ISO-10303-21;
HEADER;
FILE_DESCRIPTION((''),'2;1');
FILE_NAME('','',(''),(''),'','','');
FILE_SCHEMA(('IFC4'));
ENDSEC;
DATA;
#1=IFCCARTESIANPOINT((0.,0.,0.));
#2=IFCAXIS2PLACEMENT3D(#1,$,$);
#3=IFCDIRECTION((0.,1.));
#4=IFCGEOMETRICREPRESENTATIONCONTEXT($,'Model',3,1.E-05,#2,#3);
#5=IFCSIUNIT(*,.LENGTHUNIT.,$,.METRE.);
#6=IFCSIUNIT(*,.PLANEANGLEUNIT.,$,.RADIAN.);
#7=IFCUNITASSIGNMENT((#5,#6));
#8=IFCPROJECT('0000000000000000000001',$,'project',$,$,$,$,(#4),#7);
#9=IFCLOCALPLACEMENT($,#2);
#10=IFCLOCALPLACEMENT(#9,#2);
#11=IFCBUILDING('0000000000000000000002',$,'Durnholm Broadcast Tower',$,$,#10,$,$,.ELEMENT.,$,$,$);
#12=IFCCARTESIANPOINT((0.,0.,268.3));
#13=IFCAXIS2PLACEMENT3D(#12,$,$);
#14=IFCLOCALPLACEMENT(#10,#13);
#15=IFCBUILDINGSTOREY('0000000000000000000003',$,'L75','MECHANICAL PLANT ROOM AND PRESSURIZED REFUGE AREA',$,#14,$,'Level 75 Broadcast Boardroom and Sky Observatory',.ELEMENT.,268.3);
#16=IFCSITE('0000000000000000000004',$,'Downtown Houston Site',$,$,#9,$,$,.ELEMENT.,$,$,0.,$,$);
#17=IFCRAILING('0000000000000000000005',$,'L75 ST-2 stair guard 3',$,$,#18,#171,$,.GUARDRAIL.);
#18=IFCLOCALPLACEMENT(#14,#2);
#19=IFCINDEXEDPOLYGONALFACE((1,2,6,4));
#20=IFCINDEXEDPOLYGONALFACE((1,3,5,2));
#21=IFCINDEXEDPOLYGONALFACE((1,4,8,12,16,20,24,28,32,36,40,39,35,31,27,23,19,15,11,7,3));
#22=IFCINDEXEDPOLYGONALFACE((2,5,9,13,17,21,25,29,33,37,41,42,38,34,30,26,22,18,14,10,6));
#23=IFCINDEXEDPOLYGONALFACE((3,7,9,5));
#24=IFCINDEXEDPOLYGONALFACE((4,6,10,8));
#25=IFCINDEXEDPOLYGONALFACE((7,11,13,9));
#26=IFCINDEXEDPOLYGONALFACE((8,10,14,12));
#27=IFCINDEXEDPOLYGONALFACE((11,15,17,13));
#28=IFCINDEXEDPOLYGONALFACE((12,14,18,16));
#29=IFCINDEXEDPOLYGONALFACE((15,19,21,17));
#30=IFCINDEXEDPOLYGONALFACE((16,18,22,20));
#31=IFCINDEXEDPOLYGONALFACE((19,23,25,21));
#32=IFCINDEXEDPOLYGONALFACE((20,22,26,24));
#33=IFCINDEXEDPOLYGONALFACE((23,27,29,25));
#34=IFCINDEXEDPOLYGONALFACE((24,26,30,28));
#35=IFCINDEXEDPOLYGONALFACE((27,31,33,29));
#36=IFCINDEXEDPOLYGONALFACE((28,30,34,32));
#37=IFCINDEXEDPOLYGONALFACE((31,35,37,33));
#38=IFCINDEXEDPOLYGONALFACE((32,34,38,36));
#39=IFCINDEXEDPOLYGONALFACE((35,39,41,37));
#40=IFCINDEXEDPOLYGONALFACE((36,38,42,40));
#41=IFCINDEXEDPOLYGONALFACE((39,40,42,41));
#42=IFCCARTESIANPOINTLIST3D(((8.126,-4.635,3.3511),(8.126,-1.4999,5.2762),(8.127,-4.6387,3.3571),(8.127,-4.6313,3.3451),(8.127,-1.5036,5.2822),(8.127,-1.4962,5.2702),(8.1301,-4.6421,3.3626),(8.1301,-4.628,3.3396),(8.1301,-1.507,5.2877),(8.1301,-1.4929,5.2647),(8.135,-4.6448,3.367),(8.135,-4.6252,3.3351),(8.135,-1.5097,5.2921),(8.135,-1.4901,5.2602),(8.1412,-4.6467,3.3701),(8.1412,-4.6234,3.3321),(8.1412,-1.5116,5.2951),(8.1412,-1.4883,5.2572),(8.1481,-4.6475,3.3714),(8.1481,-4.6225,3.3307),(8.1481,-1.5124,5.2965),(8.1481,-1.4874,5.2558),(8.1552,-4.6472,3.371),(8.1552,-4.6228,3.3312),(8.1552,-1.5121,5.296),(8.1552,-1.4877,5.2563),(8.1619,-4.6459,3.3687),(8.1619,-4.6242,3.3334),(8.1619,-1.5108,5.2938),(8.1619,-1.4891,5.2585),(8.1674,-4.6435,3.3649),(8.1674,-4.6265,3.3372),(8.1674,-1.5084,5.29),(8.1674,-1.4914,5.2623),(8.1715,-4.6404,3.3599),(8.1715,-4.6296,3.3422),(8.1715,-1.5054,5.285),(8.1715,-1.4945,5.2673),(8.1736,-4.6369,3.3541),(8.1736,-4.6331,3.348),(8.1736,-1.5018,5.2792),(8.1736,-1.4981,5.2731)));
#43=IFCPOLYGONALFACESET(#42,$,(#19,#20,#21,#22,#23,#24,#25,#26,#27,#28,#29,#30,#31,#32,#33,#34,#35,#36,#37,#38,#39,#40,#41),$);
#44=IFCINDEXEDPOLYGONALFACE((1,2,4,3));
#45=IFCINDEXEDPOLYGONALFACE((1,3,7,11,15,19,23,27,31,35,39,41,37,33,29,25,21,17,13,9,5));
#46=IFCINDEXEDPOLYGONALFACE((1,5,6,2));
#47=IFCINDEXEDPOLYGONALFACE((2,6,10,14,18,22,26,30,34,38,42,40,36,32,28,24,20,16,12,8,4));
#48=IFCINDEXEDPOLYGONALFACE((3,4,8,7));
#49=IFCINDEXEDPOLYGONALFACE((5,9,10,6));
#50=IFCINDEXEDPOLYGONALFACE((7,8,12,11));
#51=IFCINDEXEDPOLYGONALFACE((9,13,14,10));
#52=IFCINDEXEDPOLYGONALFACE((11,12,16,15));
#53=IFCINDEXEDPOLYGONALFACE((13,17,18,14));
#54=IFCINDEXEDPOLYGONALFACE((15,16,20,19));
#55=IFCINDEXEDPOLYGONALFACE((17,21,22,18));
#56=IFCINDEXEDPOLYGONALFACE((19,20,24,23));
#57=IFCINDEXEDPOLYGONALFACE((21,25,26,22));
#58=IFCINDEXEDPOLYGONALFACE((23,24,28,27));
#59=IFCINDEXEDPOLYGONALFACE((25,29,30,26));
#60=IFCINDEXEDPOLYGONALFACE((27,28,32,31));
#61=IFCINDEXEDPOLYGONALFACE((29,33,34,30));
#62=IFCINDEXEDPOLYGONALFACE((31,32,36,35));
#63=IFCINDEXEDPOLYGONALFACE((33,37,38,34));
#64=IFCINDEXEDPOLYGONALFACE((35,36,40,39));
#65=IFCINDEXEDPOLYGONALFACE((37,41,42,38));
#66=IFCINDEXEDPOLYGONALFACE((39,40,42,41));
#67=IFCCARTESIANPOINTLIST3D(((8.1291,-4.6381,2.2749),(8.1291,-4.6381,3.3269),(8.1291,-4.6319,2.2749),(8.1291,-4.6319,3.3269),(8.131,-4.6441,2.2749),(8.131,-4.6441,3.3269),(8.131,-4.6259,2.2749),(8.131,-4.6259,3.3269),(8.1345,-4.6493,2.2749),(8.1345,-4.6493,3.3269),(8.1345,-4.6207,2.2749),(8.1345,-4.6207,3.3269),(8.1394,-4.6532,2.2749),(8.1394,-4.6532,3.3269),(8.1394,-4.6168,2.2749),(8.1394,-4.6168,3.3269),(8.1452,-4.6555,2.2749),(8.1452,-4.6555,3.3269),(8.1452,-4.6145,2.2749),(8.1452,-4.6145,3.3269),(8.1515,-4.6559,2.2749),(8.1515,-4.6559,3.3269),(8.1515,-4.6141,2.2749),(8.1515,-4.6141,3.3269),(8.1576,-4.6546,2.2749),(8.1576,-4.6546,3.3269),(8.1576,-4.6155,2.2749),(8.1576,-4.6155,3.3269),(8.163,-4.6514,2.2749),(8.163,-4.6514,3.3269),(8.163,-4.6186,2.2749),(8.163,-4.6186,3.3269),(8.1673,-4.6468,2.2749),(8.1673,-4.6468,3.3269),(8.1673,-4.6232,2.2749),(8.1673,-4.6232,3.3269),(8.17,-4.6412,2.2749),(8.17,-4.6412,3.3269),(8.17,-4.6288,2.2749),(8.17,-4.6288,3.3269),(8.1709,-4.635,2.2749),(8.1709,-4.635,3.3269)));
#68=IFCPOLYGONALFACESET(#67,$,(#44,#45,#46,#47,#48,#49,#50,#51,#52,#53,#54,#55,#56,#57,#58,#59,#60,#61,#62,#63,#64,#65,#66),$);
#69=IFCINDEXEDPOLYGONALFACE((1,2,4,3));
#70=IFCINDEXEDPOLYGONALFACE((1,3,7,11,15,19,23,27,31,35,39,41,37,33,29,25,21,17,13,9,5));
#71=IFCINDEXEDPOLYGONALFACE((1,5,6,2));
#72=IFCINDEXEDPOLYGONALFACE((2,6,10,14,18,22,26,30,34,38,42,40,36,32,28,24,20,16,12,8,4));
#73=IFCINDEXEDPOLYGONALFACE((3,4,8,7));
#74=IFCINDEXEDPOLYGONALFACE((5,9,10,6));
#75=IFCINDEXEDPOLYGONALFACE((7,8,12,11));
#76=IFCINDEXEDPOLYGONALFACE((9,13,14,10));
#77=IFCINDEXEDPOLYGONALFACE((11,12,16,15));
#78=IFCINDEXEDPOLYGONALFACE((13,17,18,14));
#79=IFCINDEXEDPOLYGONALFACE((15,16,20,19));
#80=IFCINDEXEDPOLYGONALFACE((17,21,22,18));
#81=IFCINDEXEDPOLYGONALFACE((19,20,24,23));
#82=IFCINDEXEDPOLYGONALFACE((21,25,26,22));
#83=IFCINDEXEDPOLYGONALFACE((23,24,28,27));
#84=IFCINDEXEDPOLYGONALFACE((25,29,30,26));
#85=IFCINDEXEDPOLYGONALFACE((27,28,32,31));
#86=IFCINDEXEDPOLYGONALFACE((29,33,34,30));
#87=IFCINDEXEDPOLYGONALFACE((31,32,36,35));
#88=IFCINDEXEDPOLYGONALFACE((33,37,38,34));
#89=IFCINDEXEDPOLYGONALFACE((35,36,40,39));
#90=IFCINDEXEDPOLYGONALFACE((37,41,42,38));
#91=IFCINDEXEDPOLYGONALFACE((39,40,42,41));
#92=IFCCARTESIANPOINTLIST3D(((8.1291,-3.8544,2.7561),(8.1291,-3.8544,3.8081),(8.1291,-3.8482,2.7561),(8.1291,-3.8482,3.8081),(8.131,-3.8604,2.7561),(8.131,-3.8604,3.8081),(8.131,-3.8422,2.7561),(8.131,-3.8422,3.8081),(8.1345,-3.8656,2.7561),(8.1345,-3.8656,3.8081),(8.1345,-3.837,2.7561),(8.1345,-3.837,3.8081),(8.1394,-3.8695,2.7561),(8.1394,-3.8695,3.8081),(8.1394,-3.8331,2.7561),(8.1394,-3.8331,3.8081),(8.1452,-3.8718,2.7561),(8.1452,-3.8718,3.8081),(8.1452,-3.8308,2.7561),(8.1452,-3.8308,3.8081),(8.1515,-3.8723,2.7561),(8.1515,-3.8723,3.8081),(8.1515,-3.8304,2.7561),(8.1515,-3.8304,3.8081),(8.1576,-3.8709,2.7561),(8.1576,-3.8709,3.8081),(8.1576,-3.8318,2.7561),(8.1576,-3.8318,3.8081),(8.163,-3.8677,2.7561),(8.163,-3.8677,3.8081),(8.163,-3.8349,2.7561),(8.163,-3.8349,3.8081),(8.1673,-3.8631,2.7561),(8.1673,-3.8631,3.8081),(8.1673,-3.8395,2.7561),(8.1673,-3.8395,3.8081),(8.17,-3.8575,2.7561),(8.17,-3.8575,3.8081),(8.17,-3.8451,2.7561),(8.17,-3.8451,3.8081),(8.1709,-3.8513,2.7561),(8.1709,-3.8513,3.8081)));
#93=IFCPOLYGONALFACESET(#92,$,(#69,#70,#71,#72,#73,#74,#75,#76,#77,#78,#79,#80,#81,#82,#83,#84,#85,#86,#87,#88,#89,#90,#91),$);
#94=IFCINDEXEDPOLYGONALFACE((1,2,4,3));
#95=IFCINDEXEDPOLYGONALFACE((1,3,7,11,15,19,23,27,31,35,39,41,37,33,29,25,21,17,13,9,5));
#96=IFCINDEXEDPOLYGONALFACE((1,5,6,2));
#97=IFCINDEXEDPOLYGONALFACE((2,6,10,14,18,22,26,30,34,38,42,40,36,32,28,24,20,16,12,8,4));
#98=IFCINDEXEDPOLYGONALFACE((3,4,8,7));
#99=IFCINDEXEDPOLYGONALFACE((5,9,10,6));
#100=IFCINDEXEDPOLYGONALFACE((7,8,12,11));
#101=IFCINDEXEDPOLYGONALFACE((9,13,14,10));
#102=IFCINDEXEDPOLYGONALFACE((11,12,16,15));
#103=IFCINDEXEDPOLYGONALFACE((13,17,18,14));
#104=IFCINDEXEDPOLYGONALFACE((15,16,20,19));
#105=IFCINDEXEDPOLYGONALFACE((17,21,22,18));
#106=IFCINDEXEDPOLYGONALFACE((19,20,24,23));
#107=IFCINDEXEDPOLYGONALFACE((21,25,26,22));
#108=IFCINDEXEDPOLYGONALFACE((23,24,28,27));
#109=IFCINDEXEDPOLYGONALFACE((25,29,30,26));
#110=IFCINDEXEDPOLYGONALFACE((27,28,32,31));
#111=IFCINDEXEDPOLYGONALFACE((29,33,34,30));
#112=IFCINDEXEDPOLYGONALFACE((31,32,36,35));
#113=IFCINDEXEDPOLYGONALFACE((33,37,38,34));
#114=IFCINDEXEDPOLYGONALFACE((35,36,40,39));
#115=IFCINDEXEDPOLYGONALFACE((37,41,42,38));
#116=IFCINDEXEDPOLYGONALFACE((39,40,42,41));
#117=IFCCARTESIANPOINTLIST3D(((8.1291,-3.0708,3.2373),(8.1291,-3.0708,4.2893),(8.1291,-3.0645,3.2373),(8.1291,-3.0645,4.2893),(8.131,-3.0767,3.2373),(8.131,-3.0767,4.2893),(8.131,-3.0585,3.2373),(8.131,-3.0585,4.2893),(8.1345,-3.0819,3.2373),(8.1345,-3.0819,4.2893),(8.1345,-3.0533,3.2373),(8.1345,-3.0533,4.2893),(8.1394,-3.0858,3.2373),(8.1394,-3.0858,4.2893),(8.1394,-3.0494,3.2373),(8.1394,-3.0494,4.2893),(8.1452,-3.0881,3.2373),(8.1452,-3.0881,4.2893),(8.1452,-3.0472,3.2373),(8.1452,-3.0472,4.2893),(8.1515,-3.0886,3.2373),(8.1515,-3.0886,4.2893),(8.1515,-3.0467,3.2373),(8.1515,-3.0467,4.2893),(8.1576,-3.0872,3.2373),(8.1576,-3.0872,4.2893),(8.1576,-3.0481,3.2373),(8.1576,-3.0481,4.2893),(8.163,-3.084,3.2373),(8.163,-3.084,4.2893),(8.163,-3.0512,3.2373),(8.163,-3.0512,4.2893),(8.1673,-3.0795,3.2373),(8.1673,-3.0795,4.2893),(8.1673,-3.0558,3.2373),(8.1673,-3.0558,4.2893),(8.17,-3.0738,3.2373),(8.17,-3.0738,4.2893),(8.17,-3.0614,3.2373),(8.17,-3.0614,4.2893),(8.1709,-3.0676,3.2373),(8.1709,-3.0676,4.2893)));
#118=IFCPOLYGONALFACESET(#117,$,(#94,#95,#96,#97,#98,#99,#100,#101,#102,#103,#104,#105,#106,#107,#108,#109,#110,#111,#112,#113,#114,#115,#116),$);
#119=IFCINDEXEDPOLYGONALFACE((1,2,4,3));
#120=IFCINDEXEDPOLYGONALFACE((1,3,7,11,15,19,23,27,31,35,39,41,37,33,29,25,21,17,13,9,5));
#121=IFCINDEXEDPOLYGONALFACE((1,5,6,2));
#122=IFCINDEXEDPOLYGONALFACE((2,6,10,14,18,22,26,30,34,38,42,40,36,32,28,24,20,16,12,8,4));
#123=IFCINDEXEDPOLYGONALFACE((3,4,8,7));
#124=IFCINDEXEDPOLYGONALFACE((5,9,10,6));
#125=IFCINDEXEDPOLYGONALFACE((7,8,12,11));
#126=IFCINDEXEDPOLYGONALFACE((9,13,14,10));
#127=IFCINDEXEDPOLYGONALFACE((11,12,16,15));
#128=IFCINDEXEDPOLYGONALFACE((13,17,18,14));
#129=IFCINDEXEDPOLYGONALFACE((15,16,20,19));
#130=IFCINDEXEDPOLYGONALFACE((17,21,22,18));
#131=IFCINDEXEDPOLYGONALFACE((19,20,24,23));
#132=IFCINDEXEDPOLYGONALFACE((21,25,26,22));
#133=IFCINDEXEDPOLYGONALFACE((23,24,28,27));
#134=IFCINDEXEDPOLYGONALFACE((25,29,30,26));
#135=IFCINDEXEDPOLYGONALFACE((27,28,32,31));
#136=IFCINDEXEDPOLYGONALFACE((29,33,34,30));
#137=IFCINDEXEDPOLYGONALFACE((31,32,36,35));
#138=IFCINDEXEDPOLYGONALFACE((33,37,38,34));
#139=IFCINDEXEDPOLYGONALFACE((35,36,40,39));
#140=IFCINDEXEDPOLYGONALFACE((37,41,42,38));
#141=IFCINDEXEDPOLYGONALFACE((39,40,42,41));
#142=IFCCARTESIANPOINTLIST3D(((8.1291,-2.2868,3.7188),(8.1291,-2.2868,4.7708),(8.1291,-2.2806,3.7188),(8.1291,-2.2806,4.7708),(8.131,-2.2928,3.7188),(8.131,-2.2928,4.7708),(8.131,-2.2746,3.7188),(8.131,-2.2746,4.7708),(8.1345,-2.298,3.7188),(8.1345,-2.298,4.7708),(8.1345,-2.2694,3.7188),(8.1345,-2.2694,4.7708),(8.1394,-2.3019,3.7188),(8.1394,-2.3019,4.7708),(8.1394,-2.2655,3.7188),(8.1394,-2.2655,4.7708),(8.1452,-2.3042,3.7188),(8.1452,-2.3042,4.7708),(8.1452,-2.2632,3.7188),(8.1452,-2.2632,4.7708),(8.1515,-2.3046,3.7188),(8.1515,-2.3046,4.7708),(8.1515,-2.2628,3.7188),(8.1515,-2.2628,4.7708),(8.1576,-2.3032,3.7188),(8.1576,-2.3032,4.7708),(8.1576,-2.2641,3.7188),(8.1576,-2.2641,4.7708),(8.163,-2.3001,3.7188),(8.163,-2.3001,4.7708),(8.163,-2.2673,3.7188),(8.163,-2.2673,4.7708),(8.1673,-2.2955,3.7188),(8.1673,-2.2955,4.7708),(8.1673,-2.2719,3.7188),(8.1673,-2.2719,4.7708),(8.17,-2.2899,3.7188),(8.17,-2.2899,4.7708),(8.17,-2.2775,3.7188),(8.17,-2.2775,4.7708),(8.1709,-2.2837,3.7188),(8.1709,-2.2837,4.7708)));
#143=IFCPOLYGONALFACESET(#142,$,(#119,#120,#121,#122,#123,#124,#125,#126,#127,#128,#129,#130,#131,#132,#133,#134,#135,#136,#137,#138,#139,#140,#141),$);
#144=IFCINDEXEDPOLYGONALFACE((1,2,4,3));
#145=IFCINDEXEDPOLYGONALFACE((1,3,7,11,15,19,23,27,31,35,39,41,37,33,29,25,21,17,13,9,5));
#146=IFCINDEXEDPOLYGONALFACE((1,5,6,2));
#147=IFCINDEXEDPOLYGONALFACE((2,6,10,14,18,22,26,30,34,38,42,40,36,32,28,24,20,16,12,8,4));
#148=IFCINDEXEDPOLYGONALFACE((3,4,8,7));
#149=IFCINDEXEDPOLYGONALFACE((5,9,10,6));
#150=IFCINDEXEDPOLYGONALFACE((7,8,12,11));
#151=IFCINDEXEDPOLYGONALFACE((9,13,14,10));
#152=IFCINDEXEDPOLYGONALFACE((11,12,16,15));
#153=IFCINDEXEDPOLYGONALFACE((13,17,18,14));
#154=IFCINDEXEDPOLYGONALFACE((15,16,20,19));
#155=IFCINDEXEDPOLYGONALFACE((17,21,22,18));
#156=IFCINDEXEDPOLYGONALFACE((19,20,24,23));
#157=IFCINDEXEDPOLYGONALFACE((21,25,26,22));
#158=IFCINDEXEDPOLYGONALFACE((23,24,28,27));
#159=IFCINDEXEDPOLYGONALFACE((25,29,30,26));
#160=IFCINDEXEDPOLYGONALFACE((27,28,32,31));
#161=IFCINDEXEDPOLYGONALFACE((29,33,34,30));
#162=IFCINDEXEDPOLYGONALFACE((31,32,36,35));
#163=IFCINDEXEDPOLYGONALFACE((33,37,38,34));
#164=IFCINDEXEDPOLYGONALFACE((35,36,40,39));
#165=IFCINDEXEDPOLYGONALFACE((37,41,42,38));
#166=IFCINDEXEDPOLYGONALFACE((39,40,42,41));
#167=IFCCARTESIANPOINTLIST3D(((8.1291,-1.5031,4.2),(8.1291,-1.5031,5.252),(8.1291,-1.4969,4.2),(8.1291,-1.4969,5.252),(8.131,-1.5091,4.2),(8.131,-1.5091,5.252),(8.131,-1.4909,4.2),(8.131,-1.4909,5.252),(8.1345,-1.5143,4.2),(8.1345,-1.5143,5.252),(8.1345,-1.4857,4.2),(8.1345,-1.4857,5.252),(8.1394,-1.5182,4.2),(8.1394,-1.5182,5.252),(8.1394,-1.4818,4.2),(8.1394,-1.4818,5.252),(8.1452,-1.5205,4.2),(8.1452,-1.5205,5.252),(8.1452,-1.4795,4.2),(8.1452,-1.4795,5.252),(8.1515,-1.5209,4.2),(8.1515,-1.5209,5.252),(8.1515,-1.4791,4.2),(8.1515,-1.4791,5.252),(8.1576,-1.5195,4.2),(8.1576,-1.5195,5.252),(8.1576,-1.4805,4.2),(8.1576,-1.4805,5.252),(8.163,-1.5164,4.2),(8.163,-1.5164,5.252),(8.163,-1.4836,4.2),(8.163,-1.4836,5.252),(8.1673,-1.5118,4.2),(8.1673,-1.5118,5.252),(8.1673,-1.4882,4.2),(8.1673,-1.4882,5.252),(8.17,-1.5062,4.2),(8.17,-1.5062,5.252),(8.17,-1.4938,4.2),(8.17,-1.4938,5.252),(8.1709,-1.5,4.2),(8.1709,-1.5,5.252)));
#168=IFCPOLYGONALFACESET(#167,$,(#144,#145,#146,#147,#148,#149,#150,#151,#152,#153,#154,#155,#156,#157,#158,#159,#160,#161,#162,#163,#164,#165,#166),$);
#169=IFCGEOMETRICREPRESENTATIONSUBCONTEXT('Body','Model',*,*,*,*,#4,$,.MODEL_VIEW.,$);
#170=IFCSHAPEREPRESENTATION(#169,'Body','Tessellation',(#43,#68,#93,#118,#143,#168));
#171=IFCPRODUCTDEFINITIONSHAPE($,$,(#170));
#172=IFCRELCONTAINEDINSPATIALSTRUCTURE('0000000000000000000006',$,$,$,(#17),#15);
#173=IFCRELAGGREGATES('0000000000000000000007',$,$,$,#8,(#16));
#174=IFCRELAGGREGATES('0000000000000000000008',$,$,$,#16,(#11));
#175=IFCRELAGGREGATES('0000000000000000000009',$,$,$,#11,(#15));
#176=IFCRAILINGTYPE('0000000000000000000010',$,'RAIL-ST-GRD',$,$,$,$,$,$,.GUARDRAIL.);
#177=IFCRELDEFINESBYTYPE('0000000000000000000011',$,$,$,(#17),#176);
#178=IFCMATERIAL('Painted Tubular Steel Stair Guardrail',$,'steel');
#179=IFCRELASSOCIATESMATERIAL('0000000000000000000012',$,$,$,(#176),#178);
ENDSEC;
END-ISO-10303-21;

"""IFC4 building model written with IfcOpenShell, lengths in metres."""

from ifc_helpers import new_model, si_unit, direction, frame, origin, origin_2d, place, context, subcontext, project, spatial, circle, extrude, material, type_object, element, save


model = new_model("IFC4")

# Units and contexts
model_context = context("Model", 3, precision=1e-05, world=origin(), true_north=direction((0.0, 1.0)))
body_context = subcontext(model_context, "Body", "Model", "MODEL_VIEW")
ifc_project = project(units=[si_unit("LENGTHUNIT", "METRE"), si_unit("PLANEANGLEUNIT", "RADIAN")], contexts=[model_context])

# Site, building, storey
site_placement = place(None, origin())
site = spatial("IfcSite", under=ifc_project, at=site_placement, Name="Downtown Houston Site", CompositionType="ELEMENT", RefElevation=0.0)
building_placement = place(site_placement, origin())
building = spatial("IfcBuilding", under=site, at=building_placement, Name="Durnholm Broadcast Tower", CompositionType="ELEMENT")
storey_placement = place(building_placement, frame((0.0, 0.0, 268.3)))
storey = spatial("IfcBuildingStorey", under=building, at=storey_placement, Name="L75", Description="MECHANICAL PLANT ROOM AND PRESSURIZED REFUGE AREA", LongName="Level 75 Broadcast Boardroom and Sky Observatory", CompositionType="ELEMENT", Elevation=268.3)

# Railing
ifc_material_1 = material(Name="Painted Tubular Steel Stair Guardrail", Category="steel")
railing_type_1 = type_object("IfcRailingType", Name="RAIL-ST-GRD", PredefinedType="GUARDRAIL", material=ifc_material_1)
railing_1_placement = place(storey_placement, frame((8.1499, -4.635, 2.2749)))
element("IfcRailing", 1, at=railing_1_placement, inside=storey, type_object=railing_type_1, Name="L75 ST-2 stair guard 3", PredefinedType="GUARDRAIL", context=body_context, shape_type="SweptSolid", body=[
    extrude(circle(Radius=0.0239, at=origin_2d()), frame((0.0, 0.0, 1.0762), z_axis=(0.0, 0.852166, 0.523271), x_axis=(-1.0, 0.0, 0.0)), (0.0, 0.0, 1.0), 3.679),
    extrude(circle(Radius=0.021, at=origin_2d()), origin(), (0.0, 0.0, 1.0), 1.052),
    extrude(circle(Radius=0.021, at=origin_2d()), frame((0.0, 0.7837, 0.4812)), (0.0, 0.0, 1.0), 1.052),
    extrude(circle(Radius=0.021, at=origin_2d()), frame((0.0, 1.5674, 0.9624)), (0.0, 0.0, 1.0), 1.052),
    extrude(circle(Radius=0.021, at=origin_2d()), frame((0.0, 2.3513, 1.4438)), (0.0, 0.0, 1.0), 1.052),
    extrude(circle(Radius=0.021, at=origin_2d()), frame((0.0, 3.135, 1.925)), (0.0, 0.0, 1.0), 1.052),
])

save(model, "model.ifc")
